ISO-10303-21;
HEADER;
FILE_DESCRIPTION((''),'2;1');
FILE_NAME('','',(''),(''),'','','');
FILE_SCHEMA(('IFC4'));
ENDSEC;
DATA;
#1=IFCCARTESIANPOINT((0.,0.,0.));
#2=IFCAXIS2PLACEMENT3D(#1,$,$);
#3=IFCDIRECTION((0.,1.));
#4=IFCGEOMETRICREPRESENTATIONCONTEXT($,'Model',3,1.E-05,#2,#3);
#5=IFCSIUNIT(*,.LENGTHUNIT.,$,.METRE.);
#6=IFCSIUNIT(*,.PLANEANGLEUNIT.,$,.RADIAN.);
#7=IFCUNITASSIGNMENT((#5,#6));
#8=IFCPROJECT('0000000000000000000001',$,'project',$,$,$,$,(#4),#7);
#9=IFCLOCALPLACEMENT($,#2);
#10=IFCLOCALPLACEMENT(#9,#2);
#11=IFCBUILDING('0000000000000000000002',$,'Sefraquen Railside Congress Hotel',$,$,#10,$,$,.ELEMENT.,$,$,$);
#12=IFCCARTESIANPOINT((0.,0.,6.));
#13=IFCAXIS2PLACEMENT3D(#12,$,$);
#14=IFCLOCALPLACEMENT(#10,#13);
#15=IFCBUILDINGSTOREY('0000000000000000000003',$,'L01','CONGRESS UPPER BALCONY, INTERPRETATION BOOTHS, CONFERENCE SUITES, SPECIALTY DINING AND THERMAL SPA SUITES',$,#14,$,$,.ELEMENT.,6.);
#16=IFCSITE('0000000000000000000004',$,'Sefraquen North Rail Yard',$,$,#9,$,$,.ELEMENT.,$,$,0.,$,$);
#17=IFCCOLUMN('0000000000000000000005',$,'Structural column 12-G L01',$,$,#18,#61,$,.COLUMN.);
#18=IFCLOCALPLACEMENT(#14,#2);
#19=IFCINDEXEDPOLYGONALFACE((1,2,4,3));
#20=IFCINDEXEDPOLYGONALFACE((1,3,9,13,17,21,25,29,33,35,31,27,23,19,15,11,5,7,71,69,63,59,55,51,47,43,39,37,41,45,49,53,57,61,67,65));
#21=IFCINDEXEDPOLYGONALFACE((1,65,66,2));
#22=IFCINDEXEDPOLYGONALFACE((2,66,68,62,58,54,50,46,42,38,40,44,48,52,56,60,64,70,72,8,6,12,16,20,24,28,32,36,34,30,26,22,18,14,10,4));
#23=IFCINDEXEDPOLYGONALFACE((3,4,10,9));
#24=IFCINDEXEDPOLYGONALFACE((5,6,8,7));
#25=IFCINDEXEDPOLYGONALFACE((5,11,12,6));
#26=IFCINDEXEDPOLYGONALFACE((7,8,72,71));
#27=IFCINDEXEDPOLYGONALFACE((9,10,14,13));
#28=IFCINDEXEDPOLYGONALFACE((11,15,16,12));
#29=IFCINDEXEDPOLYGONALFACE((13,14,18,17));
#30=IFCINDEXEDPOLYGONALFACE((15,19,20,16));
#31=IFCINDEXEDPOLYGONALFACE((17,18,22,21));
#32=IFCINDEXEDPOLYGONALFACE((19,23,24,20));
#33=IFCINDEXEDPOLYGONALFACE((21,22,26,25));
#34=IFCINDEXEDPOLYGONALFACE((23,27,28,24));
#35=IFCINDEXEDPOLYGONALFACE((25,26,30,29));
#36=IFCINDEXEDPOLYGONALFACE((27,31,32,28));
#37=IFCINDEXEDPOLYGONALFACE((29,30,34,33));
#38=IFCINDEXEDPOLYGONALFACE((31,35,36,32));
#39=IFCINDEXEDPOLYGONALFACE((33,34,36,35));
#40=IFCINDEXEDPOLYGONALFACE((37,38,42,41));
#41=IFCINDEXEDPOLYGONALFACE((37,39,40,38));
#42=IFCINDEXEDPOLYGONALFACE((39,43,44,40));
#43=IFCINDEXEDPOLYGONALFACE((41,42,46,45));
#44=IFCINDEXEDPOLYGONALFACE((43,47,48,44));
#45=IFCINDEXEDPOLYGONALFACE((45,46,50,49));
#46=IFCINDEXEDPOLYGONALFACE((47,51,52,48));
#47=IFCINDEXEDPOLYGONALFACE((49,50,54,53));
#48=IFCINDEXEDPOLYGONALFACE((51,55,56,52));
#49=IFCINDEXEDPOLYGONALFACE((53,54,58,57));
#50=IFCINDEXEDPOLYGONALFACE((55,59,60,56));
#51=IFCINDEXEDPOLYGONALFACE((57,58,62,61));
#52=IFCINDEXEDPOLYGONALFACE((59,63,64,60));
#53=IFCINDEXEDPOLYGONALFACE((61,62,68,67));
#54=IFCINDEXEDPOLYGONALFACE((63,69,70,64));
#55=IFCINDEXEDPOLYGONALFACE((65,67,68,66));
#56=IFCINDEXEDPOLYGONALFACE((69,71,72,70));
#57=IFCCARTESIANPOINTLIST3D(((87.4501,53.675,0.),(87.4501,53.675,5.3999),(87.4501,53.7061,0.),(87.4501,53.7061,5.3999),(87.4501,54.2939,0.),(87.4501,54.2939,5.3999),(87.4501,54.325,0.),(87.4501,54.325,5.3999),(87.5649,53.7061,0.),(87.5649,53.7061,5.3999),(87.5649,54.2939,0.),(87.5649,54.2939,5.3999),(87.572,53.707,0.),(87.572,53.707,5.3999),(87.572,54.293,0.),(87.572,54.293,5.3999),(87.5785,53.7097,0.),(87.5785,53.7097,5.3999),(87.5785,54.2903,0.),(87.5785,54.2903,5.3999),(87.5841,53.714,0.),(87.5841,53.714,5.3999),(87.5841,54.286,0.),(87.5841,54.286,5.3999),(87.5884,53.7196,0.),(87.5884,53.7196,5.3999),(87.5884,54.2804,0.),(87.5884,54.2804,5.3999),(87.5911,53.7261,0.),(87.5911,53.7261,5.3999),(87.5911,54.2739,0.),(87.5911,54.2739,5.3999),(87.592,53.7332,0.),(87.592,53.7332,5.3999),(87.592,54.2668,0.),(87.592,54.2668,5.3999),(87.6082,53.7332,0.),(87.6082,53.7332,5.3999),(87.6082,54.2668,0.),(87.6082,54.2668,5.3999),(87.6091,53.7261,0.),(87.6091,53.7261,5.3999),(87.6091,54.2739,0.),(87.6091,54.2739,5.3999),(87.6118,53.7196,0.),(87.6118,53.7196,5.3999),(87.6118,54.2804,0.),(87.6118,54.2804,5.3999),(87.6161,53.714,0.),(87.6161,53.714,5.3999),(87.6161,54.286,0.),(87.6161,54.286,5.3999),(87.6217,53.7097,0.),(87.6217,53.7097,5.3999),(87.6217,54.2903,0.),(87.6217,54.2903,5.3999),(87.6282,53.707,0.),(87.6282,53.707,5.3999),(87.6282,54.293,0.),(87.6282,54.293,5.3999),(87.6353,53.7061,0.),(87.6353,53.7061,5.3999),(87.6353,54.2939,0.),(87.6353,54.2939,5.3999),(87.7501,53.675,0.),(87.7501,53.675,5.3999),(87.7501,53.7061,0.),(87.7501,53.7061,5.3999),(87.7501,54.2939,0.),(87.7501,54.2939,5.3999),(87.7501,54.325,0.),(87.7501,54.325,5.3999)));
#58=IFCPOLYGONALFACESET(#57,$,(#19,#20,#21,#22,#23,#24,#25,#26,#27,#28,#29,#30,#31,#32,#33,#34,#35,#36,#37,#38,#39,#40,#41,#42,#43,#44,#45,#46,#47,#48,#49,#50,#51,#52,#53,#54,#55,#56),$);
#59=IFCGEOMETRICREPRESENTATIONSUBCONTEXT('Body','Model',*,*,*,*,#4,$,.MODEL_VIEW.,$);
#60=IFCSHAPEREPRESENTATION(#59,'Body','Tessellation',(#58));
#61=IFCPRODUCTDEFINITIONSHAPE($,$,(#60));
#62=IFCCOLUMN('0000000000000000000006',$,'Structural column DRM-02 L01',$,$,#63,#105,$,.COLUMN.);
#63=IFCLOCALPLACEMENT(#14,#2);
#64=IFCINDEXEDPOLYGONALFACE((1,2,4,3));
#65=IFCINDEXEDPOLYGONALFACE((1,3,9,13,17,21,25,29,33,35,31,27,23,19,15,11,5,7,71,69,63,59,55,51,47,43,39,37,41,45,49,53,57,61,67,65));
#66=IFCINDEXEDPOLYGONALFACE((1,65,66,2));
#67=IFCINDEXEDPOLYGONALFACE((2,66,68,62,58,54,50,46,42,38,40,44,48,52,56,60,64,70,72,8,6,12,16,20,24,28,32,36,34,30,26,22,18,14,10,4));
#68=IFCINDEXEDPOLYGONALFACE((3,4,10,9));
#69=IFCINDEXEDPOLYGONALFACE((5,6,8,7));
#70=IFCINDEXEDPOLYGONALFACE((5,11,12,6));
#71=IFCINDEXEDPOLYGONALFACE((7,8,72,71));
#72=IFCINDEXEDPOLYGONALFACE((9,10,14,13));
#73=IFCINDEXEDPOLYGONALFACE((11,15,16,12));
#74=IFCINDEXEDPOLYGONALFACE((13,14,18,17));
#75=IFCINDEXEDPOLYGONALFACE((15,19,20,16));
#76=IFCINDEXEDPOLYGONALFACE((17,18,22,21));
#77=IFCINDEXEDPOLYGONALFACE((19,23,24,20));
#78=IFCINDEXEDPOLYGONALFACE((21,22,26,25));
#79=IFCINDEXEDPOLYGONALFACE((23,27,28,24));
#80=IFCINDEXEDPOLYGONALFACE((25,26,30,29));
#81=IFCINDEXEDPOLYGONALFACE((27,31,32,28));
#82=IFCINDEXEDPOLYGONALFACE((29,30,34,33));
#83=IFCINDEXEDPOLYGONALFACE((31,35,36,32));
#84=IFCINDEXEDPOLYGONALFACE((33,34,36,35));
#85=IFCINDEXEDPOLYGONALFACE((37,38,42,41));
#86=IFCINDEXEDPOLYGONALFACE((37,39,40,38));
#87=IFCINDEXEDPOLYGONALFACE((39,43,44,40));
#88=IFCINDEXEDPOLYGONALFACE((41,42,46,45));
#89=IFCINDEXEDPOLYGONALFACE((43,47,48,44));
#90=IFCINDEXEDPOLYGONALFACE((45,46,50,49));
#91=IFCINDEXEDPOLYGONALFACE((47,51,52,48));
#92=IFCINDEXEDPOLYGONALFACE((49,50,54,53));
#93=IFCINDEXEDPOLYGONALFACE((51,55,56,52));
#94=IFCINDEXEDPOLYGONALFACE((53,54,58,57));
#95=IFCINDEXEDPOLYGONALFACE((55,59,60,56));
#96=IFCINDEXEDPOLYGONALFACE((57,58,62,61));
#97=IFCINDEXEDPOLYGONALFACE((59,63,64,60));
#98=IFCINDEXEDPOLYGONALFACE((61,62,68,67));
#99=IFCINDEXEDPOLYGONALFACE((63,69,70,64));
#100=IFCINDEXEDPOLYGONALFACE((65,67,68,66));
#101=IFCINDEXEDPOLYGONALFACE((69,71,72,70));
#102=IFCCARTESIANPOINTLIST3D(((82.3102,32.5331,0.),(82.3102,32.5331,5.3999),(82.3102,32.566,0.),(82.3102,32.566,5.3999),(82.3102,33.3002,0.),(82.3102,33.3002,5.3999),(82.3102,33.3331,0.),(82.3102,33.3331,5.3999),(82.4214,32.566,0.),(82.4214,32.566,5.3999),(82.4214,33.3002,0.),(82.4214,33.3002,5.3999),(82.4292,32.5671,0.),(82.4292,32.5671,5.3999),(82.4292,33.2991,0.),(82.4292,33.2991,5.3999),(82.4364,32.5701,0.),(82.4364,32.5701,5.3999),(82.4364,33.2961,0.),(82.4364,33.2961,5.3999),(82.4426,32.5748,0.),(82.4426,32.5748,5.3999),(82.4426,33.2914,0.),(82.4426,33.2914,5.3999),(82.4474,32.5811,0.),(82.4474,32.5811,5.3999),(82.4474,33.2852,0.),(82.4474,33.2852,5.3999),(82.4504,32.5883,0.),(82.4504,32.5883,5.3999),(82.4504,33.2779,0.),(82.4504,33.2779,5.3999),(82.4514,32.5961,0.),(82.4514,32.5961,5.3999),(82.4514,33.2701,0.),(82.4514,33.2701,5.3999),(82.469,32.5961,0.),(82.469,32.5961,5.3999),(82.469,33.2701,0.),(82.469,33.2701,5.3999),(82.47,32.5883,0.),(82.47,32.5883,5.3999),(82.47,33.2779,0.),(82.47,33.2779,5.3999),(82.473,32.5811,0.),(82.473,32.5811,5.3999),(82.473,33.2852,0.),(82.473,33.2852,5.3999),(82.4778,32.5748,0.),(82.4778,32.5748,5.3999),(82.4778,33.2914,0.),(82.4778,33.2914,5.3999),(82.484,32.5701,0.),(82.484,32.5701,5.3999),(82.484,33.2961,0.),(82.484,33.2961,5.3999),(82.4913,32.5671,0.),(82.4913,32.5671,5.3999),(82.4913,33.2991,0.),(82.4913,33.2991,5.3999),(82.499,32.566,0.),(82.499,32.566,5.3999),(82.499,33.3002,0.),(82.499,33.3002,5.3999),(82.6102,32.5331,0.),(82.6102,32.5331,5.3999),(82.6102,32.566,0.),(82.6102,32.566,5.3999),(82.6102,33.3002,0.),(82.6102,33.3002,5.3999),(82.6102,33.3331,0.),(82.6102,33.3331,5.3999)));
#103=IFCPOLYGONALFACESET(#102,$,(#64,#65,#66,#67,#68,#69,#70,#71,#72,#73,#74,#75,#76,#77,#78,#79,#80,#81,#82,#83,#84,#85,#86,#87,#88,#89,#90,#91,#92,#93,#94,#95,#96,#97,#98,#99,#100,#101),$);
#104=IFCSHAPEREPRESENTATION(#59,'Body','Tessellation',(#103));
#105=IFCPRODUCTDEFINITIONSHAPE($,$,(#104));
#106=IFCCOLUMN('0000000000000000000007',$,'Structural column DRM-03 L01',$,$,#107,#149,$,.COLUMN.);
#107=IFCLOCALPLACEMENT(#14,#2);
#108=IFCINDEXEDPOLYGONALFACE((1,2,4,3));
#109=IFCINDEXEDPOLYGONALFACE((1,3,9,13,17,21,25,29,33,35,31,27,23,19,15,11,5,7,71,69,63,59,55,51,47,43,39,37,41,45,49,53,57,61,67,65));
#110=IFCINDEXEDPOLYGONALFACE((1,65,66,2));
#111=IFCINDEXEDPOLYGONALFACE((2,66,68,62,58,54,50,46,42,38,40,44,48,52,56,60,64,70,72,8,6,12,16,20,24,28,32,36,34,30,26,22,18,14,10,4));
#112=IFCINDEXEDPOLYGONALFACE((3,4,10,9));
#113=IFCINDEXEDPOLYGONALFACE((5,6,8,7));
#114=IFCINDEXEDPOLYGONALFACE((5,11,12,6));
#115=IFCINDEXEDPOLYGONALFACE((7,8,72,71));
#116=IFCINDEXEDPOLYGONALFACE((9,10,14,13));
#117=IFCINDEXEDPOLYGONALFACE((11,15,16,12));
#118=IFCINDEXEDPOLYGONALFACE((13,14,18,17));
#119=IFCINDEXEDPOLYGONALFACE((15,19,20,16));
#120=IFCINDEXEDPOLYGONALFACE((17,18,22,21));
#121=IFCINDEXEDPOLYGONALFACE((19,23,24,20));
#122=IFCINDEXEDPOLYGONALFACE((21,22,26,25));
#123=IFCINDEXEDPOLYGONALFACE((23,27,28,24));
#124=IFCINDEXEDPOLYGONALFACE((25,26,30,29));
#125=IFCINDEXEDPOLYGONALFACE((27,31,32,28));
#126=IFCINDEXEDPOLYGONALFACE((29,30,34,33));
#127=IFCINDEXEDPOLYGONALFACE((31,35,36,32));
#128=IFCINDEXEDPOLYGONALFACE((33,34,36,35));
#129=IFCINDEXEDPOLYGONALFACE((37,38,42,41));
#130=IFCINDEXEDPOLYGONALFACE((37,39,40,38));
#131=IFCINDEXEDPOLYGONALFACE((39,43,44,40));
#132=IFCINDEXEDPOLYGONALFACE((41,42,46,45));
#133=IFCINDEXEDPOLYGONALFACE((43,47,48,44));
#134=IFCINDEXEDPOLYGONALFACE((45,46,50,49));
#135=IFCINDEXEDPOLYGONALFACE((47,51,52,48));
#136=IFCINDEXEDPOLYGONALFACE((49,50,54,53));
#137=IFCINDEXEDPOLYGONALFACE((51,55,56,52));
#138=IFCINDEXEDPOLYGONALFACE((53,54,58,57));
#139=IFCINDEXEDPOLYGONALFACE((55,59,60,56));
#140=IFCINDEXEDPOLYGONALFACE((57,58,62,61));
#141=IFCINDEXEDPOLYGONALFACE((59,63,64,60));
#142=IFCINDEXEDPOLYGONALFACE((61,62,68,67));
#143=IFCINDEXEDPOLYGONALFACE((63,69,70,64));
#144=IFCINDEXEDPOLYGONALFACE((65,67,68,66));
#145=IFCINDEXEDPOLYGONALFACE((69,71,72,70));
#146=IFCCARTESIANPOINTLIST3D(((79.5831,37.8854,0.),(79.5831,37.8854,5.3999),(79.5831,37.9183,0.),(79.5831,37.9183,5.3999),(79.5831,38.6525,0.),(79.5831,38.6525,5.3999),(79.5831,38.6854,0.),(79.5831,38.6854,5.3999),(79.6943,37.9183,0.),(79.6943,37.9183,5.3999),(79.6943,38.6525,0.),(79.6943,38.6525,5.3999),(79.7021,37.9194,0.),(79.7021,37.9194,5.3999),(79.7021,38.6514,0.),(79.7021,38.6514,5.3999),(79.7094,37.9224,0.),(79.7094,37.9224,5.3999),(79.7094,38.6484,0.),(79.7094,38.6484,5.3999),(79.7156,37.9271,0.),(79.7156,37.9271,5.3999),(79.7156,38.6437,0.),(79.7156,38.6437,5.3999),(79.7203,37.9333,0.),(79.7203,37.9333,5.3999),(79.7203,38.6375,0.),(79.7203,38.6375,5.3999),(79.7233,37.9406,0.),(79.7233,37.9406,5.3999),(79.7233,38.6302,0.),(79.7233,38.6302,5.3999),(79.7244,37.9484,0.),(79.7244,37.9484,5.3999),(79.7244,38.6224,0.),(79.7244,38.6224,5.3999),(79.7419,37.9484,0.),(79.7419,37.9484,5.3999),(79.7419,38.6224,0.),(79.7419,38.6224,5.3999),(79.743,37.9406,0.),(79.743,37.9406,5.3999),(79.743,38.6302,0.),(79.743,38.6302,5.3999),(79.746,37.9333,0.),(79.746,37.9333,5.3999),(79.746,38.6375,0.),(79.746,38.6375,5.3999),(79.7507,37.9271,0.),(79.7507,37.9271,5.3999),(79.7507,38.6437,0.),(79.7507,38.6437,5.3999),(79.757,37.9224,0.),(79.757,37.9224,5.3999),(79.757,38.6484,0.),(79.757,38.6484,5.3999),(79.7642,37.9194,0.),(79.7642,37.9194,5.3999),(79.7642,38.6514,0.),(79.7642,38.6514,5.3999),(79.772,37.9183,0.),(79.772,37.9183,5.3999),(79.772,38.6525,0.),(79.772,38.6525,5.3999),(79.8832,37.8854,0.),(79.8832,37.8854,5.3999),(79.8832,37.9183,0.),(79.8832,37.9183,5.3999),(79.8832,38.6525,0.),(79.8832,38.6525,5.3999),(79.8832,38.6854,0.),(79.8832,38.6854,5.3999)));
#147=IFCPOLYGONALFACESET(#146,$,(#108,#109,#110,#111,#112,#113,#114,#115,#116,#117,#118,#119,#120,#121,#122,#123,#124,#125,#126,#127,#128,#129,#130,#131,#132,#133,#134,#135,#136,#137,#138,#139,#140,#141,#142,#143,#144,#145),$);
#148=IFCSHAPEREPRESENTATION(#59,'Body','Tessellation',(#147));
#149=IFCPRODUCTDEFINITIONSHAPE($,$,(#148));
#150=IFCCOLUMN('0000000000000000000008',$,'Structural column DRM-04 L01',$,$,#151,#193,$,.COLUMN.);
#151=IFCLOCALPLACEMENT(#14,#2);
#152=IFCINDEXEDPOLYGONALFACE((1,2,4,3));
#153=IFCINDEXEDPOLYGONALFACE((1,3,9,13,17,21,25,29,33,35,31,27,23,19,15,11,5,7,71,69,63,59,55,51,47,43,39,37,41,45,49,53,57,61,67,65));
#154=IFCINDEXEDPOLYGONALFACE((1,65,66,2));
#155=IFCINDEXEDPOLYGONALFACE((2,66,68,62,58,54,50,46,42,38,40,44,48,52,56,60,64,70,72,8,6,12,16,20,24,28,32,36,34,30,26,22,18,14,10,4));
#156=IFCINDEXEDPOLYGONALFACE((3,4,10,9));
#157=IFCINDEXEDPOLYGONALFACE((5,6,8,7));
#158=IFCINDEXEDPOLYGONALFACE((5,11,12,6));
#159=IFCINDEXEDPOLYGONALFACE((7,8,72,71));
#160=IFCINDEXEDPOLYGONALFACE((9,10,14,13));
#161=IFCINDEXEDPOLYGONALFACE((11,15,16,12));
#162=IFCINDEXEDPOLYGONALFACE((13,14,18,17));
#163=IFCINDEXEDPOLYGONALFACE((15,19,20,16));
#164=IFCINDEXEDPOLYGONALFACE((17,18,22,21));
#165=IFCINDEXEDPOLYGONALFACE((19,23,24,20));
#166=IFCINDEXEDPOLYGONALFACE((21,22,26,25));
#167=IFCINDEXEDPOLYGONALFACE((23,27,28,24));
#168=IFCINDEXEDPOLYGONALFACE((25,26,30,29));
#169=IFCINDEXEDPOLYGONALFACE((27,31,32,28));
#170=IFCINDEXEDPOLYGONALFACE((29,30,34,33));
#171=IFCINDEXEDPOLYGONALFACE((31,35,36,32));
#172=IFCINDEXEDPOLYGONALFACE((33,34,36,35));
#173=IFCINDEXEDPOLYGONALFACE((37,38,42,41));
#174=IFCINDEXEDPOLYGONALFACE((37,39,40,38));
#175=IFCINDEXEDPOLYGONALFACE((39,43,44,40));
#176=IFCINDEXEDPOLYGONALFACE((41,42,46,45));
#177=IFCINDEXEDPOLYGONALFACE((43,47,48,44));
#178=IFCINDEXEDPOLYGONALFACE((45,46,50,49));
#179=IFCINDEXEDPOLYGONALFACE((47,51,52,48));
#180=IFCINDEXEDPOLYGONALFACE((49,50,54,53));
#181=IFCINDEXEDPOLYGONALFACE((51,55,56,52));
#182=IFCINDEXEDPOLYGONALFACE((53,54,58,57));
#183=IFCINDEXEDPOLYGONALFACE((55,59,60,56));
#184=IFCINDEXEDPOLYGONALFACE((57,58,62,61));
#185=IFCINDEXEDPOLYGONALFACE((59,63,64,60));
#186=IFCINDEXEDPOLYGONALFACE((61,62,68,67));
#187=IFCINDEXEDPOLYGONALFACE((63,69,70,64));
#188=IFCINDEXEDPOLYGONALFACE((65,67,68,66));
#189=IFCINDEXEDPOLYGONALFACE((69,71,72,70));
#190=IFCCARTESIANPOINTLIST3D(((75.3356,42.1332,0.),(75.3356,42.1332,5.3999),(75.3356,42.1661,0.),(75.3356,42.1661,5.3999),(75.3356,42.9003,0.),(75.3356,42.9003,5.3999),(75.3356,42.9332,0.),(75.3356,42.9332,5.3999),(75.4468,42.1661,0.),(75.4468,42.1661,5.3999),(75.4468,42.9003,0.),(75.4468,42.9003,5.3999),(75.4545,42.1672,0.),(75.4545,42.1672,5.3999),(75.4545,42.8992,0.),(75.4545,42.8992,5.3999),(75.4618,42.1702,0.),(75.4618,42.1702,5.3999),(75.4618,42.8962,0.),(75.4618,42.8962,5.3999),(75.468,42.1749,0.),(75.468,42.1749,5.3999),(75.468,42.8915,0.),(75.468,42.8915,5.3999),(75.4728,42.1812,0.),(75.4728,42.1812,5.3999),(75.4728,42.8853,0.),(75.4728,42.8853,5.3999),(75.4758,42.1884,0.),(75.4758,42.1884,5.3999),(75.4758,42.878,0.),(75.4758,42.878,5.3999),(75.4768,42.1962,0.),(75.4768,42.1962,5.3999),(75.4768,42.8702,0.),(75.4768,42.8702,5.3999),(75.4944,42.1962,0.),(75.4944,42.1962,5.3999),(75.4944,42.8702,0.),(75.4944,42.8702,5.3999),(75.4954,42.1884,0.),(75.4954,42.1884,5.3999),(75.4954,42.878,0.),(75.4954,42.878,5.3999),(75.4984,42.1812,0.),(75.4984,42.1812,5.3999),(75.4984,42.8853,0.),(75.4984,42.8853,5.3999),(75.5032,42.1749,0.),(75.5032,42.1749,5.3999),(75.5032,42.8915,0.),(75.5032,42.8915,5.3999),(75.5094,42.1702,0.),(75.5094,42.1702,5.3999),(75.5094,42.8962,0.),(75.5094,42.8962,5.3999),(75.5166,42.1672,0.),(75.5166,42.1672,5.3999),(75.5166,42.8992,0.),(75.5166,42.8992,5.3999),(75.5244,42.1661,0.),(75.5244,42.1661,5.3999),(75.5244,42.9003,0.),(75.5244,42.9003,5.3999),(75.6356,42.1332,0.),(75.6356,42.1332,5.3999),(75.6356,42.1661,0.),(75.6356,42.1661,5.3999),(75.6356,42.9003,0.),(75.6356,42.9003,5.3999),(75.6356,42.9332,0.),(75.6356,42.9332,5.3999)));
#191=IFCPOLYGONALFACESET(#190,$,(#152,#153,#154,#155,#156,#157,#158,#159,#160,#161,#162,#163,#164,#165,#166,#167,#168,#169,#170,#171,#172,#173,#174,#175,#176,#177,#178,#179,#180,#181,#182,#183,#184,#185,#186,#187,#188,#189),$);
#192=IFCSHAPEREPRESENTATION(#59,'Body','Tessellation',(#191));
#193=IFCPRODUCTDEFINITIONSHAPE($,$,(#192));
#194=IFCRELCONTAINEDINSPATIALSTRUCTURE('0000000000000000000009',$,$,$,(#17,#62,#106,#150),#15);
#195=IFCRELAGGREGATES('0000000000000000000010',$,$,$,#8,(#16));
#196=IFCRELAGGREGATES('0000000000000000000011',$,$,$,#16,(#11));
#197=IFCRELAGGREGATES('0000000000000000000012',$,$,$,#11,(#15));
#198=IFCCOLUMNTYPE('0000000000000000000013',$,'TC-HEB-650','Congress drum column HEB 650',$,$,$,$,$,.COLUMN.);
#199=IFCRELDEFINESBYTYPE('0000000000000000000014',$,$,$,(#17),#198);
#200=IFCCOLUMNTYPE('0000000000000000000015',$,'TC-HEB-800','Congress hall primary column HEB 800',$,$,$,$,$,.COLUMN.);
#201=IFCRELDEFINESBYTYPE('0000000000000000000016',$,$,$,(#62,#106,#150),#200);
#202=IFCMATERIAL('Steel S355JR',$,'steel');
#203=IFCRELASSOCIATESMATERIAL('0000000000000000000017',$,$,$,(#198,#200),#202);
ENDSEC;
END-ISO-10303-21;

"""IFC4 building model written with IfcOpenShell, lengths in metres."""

from ifc_helpers import new_model, si_unit, direction, frame, origin, origin_2d, place, context, subcontext, project, spatial, i_section, extrude, material, material_profile, profile_set, type_object, element, save


model = new_model("IFC4")

# Units and contexts
model_context = context("Model", 3, precision=1e-05, world=origin(), true_north=direction((0.0, 1.0)))
body_context = subcontext(model_context, "Body", "Model", "MODEL_VIEW")
ifc_project = project(units=[si_unit("LENGTHUNIT", "METRE"), si_unit("PLANEANGLEUNIT", "RADIAN")], contexts=[model_context])

# Site, building, storey
site_placement = place(None, origin())
site = spatial("IfcSite", under=ifc_project, at=site_placement, Name="Sefraquen North Rail Yard", CompositionType="ELEMENT", RefElevation=0.0)
building_placement = place(site_placement, origin())
building = spatial("IfcBuilding", under=site, at=building_placement, Name="Sefraquen Railside Congress Hotel", CompositionType="ELEMENT")
storey_placement = place(building_placement, frame((0.0, 0.0, 6.0)))
storey = spatial("IfcBuildingStorey", under=building, at=storey_placement, Name="L01", Description="CONGRESS UPPER BALCONY, INTERPRETATION BOOTHS, CONFERENCE SUITES, SPECIALTY DINING AND THERMAL SPA SUITES", CompositionType="ELEMENT", Elevation=6.0)

# Columns
ifc_material_1 = material(Name="Steel S355JR", Category="steel")
ifc_material_profile_1 = material_profile(ifc_material_1, i_section(OverallWidth=0.3, OverallDepth=0.6499, WebThickness=0.0161, FlangeThickness=0.031, FilletRadius=0.0271, at=origin_2d()), Name="HEB 650")
ifc_profile_set_1 = profile_set([ifc_material_profile_1], Name="Steel S355JR")
column_type_1 = type_object("IfcColumnType", Name="TC-HEB-650", Description="Congress drum column HEB 650", PredefinedType="COLUMN", material=ifc_profile_set_1)
for number, where, z_axis, x_axis, name in (
    (1, (87.6001, 54.0, 0.0), (0.0, 0.0, 1.0), (1.0, 0.0, 0.0), "Structural column 12-G L01"),
):
    element("IfcColumn", number, at=place(storey_placement, frame(where, z_axis=z_axis, x_axis=x_axis)), inside=storey, type_object=column_type_1, Name=name, PredefinedType="COLUMN", context=body_context, shape_type="SweptSolid", body=[
        extrude(i_section(OverallWidth=0.3, OverallDepth=0.6499, WebThickness=0.0161, FlangeThickness=0.031, FilletRadius=0.0271, at=origin_2d()), origin(), (0.0, 0.0, 1.0), 5.3999),
    ])
ifc_material_profile_2 = material_profile(ifc_material_1, i_section(OverallWidth=0.3, OverallDepth=0.8, WebThickness=0.0176, FlangeThickness=0.033, FilletRadius=0.03, at=origin_2d()), Name="HEB 800")
ifc_profile_set_2 = profile_set([ifc_material_profile_2], Name="Steel S355JR")
column_type_2 = type_object("IfcColumnType", Name="TC-HEB-800", Description="Congress hall primary column HEB 800", PredefinedType="COLUMN", material=ifc_profile_set_2)
for number, where, z_axis, x_axis, name in (
    (2, (82.4602, 32.9331, 0.0), (0.0, 0.0, 1.0), (1.0, 0.0, 0.0), "Structural column DRM-02 L01"),
    (3, (79.7332, 38.2854, 0.0), (0.0, 0.0, 1.0), (1.0, 0.0, 0.0), "Structural column DRM-03 L01"),
    (4, (75.4856, 42.5332, 0.0), (0.0, 0.0, 1.0), (1.0, 0.0, 0.0), "Structural column DRM-04 L01"),
):
    element("IfcColumn", number, at=place(storey_placement, frame(where, z_axis=z_axis, x_axis=x_axis)), inside=storey, type_object=column_type_2, Name=name, PredefinedType="COLUMN", context=body_context, shape_type="SweptSolid", body=[
        extrude(i_section(OverallWidth=0.3, OverallDepth=0.8, WebThickness=0.0176, FlangeThickness=0.033, FilletRadius=0.03, at=origin_2d()), origin(), (0.0, 0.0, 1.0), 5.3999),
    ])

save(model, "model.ifc")
